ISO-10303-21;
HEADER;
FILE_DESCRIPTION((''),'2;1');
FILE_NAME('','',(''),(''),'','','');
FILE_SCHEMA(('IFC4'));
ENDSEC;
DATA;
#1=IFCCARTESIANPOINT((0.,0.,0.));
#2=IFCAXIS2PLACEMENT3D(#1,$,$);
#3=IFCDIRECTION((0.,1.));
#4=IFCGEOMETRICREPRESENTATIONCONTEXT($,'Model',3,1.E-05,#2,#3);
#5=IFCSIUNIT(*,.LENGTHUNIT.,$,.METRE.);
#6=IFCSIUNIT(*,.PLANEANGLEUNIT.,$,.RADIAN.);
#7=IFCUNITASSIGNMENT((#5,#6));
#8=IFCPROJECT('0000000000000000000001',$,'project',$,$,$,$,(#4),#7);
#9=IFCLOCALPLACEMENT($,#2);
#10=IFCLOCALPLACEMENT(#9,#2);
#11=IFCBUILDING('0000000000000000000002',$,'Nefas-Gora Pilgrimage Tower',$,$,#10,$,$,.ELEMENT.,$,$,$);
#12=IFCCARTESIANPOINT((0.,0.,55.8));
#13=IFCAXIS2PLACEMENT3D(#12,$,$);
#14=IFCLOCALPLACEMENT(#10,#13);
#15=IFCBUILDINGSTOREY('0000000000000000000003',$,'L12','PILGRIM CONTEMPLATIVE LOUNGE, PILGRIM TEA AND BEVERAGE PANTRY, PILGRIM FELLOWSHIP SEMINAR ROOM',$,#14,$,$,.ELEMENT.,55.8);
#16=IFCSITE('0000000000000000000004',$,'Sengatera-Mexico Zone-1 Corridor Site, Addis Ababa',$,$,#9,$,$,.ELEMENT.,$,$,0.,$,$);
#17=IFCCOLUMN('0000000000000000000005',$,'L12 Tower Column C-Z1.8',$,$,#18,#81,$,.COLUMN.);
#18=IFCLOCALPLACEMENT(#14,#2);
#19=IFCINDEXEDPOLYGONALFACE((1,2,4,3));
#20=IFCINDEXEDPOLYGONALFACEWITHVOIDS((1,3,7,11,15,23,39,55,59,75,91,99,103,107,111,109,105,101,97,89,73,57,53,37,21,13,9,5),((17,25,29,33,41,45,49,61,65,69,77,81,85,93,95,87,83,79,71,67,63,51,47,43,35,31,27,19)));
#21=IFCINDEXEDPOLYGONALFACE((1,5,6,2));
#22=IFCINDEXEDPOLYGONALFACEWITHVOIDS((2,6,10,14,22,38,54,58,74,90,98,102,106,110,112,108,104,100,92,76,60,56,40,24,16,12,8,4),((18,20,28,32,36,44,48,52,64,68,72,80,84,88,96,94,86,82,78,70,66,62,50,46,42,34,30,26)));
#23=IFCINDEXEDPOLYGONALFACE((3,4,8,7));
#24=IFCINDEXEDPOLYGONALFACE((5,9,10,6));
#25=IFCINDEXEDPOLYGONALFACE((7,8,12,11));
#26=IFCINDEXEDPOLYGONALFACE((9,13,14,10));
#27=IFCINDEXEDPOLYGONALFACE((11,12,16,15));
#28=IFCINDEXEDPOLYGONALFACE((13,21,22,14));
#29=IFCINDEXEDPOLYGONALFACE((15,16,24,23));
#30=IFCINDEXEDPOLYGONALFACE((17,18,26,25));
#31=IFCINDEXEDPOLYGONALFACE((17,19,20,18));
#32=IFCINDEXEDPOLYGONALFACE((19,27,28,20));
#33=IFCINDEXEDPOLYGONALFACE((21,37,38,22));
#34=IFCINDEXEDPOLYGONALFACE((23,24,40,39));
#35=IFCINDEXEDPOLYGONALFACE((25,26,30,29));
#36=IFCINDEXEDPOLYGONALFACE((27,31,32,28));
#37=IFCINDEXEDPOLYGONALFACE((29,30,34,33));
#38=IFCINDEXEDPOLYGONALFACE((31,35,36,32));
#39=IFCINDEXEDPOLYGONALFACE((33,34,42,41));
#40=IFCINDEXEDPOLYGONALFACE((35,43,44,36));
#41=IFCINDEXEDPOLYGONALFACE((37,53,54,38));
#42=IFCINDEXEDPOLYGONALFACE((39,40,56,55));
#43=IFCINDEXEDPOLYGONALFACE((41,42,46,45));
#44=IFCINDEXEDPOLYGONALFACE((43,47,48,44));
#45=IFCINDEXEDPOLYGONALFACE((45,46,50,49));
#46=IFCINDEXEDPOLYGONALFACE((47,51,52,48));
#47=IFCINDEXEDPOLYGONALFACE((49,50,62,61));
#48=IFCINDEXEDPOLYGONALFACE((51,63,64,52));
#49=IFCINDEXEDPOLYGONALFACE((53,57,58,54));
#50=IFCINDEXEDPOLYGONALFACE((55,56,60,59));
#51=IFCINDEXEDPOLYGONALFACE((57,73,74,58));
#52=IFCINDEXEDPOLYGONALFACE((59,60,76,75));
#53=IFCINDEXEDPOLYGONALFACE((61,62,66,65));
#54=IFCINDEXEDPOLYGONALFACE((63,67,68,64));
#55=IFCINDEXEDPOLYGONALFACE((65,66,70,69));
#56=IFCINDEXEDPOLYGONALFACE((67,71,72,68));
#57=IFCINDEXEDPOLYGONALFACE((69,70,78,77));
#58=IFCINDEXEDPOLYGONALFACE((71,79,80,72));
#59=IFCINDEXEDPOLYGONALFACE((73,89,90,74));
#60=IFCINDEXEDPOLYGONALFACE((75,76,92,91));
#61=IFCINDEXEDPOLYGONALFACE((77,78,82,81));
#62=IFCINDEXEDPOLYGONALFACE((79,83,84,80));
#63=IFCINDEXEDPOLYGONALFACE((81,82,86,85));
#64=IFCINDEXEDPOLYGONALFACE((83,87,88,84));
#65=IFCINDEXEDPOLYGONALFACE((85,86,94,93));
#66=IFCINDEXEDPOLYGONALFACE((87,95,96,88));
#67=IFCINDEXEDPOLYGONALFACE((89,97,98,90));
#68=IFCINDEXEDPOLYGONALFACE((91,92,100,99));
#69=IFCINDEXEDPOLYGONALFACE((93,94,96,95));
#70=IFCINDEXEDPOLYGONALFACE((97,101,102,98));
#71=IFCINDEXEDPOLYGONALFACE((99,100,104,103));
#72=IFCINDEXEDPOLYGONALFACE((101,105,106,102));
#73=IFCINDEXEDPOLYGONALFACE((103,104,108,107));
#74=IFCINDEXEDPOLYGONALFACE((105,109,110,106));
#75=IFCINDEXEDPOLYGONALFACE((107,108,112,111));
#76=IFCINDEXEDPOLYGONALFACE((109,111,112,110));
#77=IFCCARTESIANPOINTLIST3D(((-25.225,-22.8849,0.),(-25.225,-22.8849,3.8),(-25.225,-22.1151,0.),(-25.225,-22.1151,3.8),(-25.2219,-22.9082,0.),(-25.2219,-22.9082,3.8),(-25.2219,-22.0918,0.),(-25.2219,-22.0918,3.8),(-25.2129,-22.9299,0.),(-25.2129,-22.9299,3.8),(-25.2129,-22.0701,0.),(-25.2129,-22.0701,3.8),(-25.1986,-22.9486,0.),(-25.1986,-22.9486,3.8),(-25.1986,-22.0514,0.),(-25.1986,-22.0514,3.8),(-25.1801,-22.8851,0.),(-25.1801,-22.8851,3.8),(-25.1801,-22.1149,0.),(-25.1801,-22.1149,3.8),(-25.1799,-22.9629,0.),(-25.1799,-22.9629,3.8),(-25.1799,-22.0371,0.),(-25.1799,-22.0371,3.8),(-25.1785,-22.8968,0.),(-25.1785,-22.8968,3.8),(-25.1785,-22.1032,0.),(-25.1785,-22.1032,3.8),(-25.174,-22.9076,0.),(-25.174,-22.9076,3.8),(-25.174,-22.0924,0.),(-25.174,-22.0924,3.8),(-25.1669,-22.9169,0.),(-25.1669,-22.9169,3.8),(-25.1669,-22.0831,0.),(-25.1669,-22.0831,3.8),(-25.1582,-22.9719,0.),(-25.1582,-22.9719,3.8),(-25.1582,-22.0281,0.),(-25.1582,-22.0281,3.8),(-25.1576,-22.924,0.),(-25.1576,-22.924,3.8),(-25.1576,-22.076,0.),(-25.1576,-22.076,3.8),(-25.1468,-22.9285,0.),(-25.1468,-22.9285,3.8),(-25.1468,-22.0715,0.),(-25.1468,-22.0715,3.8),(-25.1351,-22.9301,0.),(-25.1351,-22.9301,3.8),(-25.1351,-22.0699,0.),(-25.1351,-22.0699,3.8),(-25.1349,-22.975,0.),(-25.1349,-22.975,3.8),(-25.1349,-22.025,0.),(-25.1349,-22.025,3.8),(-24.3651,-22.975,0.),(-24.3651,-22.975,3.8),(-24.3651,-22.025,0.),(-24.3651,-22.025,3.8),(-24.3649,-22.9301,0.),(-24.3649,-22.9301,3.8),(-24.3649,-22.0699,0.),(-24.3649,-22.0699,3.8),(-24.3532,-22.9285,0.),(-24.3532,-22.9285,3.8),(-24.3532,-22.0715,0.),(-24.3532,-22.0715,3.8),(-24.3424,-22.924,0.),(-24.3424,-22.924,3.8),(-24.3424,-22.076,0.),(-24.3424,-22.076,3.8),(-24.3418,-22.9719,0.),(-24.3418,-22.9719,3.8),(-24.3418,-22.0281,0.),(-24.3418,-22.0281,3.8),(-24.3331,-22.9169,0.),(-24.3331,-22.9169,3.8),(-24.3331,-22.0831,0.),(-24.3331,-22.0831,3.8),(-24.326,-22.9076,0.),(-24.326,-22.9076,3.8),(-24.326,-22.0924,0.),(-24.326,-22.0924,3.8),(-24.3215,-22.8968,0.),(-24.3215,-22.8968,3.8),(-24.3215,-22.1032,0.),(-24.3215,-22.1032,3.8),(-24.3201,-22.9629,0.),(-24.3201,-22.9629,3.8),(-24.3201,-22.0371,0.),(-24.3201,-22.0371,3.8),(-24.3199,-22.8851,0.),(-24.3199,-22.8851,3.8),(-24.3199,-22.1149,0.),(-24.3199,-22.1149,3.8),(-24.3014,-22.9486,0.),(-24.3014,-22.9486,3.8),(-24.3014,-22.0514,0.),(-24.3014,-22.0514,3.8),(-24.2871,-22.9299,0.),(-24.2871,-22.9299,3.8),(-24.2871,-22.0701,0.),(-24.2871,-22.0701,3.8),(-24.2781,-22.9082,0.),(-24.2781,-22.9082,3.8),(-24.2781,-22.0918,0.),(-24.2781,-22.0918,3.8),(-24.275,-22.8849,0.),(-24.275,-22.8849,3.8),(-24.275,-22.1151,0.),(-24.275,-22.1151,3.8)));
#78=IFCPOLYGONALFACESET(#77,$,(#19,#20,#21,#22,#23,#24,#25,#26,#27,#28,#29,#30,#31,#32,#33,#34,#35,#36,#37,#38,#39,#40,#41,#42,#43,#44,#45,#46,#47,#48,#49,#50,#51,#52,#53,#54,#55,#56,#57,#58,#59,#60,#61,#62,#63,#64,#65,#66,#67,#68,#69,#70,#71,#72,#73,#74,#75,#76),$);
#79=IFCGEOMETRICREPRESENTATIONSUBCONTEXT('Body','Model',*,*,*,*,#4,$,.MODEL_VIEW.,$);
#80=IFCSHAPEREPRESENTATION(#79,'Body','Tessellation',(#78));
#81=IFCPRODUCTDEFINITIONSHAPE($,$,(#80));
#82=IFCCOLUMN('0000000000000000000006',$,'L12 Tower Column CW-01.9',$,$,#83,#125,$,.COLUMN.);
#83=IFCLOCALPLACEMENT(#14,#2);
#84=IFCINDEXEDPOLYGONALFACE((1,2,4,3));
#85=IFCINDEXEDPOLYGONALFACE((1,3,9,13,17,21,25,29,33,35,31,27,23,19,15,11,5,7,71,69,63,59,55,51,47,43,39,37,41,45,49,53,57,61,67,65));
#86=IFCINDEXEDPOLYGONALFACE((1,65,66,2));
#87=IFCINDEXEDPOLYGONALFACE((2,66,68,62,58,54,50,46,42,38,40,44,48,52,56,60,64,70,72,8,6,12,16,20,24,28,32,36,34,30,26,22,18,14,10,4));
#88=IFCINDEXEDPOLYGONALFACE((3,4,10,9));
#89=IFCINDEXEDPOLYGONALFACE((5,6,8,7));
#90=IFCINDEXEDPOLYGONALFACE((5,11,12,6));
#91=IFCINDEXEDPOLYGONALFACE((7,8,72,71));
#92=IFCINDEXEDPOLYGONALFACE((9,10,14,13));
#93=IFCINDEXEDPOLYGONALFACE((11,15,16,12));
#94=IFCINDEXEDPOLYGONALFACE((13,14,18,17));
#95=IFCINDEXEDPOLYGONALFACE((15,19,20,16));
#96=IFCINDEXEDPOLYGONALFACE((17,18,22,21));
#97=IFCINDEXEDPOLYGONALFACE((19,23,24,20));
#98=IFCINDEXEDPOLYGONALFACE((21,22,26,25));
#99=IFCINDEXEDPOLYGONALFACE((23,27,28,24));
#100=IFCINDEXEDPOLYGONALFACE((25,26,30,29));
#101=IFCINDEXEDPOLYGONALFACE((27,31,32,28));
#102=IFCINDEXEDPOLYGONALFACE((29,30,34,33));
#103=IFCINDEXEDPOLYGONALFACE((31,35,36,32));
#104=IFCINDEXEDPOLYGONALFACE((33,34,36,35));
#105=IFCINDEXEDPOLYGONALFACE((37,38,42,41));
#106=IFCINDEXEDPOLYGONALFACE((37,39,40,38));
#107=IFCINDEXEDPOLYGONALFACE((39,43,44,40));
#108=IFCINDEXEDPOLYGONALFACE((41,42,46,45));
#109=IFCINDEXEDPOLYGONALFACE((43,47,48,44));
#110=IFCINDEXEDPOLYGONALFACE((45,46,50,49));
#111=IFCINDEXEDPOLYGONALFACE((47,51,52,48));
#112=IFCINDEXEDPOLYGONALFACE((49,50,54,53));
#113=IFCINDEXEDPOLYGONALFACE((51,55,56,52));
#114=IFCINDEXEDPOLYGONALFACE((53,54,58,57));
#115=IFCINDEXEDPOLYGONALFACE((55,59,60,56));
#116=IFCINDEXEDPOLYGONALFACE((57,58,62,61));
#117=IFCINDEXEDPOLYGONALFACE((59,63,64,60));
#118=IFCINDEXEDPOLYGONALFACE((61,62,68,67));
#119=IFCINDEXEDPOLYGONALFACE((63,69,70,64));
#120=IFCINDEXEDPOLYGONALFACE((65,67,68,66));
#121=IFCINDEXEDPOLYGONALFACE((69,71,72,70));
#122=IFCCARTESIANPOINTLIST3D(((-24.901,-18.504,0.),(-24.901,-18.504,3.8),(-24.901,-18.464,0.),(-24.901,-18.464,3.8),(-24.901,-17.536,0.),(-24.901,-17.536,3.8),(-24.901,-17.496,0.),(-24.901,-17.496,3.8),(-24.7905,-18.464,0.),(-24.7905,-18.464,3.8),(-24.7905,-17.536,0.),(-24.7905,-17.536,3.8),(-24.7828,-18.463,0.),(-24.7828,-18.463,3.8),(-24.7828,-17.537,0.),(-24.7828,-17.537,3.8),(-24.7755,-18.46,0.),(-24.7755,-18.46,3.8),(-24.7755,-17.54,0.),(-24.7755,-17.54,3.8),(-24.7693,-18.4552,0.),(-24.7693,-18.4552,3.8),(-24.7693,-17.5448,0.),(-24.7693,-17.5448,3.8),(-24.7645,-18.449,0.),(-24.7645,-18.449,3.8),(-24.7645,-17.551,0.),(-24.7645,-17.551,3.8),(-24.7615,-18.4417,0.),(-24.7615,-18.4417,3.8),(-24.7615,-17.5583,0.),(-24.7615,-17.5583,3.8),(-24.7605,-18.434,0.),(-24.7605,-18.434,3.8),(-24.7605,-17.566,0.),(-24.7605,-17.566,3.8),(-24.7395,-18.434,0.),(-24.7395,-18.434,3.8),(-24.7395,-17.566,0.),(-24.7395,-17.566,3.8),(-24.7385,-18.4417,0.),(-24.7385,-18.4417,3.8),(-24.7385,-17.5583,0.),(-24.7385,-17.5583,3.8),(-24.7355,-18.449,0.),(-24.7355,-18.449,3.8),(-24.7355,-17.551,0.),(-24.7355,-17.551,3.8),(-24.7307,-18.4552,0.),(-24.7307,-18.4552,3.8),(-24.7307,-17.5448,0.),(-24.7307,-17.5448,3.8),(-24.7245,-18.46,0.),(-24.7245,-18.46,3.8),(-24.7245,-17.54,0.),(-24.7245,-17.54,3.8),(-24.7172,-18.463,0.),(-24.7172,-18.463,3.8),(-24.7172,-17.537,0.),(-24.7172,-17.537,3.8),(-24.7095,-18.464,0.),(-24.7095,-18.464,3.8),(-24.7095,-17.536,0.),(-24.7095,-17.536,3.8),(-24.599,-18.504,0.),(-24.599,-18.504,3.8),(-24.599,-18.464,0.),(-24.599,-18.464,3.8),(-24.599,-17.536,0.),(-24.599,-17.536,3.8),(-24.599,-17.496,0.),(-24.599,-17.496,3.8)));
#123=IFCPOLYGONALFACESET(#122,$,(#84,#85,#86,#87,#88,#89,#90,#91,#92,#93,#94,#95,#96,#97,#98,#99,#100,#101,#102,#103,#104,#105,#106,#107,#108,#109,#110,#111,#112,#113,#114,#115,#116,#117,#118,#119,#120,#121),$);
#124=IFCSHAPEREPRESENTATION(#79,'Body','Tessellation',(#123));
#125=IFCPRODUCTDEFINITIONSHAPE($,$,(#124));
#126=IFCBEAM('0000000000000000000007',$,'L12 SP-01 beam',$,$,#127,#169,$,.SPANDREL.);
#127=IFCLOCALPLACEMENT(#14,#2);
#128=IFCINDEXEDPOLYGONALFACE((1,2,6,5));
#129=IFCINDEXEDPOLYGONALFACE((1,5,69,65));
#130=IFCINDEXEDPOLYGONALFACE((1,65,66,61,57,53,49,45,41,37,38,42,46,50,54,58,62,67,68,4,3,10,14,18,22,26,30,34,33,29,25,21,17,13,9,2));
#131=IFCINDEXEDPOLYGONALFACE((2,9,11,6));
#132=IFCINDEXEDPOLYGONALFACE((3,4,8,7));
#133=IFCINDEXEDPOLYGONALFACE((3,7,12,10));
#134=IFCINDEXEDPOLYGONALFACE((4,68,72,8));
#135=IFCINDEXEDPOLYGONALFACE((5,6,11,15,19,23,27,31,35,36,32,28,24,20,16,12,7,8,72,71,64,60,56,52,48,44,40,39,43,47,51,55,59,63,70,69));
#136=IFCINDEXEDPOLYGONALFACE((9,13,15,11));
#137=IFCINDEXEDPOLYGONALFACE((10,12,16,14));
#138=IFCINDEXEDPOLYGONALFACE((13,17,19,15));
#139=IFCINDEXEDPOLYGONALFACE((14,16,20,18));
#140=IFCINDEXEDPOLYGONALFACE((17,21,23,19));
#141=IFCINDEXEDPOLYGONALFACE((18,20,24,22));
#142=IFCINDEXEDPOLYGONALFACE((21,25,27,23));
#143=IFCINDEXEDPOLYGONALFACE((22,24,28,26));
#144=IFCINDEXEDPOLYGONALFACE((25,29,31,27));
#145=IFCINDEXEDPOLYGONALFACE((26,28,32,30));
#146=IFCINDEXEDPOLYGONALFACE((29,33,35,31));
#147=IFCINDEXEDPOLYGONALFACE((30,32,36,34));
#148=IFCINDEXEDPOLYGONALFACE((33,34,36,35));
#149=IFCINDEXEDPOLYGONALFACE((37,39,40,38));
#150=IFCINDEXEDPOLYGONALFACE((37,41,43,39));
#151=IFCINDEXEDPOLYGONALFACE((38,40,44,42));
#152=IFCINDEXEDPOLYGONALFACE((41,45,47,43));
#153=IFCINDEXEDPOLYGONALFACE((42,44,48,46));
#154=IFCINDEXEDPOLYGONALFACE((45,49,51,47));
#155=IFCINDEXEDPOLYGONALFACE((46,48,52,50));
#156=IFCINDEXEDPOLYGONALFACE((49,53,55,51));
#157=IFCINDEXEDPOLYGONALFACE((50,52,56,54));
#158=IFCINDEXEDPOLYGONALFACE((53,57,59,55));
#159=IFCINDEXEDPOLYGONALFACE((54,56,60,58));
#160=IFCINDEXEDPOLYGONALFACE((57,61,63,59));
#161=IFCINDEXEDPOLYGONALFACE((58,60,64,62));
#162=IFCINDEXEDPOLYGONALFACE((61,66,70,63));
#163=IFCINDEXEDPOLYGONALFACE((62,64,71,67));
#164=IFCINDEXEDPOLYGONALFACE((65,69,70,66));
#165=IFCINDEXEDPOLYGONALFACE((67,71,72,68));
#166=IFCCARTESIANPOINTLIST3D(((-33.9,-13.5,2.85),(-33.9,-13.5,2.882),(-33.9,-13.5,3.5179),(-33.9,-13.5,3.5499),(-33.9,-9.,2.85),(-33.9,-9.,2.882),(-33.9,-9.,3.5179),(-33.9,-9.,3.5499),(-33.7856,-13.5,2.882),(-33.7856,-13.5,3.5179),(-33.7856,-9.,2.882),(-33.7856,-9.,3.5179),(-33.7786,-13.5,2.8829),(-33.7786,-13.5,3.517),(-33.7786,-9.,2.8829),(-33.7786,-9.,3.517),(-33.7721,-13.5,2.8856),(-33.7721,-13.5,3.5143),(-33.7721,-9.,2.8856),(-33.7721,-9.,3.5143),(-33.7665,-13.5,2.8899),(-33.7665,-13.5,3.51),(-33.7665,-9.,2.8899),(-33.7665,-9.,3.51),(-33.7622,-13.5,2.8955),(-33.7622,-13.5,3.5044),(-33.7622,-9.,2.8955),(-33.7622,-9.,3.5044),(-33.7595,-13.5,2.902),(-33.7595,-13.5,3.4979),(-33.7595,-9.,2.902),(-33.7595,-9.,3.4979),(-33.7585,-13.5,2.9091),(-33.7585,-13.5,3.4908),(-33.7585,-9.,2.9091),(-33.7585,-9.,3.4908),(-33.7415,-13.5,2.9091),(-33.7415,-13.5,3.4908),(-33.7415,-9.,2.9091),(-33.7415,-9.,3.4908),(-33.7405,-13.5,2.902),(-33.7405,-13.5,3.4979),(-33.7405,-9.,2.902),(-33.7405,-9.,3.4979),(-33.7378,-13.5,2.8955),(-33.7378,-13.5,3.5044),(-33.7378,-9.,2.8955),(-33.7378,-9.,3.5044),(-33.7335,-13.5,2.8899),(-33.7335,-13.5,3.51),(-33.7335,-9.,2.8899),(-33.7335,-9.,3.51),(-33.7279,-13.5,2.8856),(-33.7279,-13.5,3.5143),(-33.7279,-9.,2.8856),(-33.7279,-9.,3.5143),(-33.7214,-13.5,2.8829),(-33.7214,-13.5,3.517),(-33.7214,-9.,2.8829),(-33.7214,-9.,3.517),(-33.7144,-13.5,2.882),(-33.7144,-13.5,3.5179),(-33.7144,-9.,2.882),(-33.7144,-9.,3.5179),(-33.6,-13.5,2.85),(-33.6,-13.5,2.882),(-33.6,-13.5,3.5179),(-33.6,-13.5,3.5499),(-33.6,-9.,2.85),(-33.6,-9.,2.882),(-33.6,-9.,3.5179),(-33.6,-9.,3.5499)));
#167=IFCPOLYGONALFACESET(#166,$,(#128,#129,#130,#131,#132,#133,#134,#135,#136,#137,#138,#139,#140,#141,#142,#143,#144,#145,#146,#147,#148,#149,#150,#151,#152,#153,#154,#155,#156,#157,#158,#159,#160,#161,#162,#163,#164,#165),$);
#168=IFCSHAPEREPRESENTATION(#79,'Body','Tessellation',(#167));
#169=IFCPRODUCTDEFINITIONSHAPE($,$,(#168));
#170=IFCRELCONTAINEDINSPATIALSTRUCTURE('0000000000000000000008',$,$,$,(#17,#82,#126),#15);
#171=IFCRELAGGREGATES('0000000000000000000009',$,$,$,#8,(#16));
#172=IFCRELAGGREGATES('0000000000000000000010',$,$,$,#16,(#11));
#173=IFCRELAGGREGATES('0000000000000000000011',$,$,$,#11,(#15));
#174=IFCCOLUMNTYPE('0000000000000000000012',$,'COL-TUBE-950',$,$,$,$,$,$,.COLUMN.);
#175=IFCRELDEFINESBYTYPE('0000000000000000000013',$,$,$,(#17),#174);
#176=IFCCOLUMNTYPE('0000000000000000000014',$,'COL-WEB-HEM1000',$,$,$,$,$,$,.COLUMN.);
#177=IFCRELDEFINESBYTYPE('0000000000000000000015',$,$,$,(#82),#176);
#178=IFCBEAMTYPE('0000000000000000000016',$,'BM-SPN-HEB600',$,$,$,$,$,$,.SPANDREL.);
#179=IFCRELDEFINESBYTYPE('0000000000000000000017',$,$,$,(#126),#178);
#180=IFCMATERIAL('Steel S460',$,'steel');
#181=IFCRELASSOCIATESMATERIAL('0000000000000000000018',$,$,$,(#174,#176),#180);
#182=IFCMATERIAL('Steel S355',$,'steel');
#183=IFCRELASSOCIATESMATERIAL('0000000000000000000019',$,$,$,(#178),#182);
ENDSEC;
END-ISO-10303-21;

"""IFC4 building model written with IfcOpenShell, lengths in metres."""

from ifc_helpers import new_model, si_unit, direction, frame, origin, origin_2d, place, context, subcontext, project, spatial, hollow_rectangle, i_section, extrude, source, transform, mapped, material, material_profile, profile_set, type_object, element, save


model = new_model("IFC4")

# Units and contexts
model_context = context("Model", 3, precision=1e-05, world=origin(), true_north=direction((0.0, 1.0)))
body_context = subcontext(model_context, "Body", "Model", "MODEL_VIEW")
ifc_project = project(units=[si_unit("LENGTHUNIT", "METRE"), si_unit("PLANEANGLEUNIT", "RADIAN")], contexts=[model_context])

# Site, building, storey
site_placement = place(None, origin())
site = spatial("IfcSite", under=ifc_project, at=site_placement, Name="Sengatera-Mexico Zone-1 Corridor Site, Addis Ababa", CompositionType="ELEMENT", RefElevation=0.0)
building_placement = place(site_placement, origin())
building = spatial("IfcBuilding", under=site, at=building_placement, Name="Nefas-Gora Pilgrimage Tower", CompositionType="ELEMENT")
storey_placement = place(building_placement, frame((0.0, 0.0, 55.8)))
storey = spatial("IfcBuildingStorey", under=building, at=storey_placement, Name="L12", Description="PILGRIM CONTEMPLATIVE LOUNGE, PILGRIM TEA AND BEVERAGE PANTRY, PILGRIM FELLOWSHIP SEMINAR ROOM", CompositionType="ELEMENT", Elevation=55.8)

# Columns
ifc_material_1 = material(Name="Steel S460", Category="steel")
ifc_material_profile_1 = material_profile(ifc_material_1, hollow_rectangle(XDim=0.95, YDim=0.95, WallThickness=0.0449, InnerFilletRadius=0.0449, OuterFilletRadius=0.0901, at=origin_2d()), Name="BOX 950x950x45")
ifc_profile_set_1 = profile_set([ifc_material_profile_1], Name="Steel S460")
column_type_1 = type_object("IfcColumnType", Name="COL-TUBE-950", PredefinedType="COLUMN", material=ifc_profile_set_1)
shared_shape_1 = source(origin(), body_context, "Body", "SweptSolid", [
    extrude(hollow_rectangle(XDim=0.95, YDim=0.95, WallThickness=0.0449, InnerFilletRadius=0.0449, OuterFilletRadius=0.0901, at=origin_2d()), origin(), (0.0, 0.0, 1.0), 3.8),
])
for number, where, z_axis, x_axis, name in (
    (1, (-24.75, -22.5, 0.0), (0.0, 0.0, 1.0), (1.0, 0.0, 0.0), "L12 Tower Column C-Z1.8"),
):
    element("IfcColumn", number, at=place(storey_placement, frame(where, z_axis=z_axis, x_axis=x_axis)), inside=storey, type_object=column_type_1, Name=name, PredefinedType="COLUMN", context=body_context, shape_type="MappedRepresentation", body=[
        mapped(shared_shape_1, transform((0.0, 0.0, 0.0), x_axis=(1.0, 0.0, 0.0), y_axis=(0.0, 1.0, 0.0), z_axis=(0.0, 0.0, 1.0), scale=1.0)),
    ])
ifc_material_profile_2 = material_profile(ifc_material_1, i_section(OverallWidth=0.302, OverallDepth=1.0081, WebThickness=0.021, FlangeThickness=0.04, FilletRadius=0.03, at=origin_2d()), Name="HEM 1000")
ifc_profile_set_2 = profile_set([ifc_material_profile_2], Name="Steel S460")
column_type_2 = type_object("IfcColumnType", Name="COL-WEB-HEM1000", PredefinedType="COLUMN", material=ifc_profile_set_2)
shared_shape_2 = source(origin(), body_context, "Body", "SweptSolid", [
    extrude(i_section(OverallWidth=0.302, OverallDepth=1.0081, WebThickness=0.021, FlangeThickness=0.04, FilletRadius=0.03, at=origin_2d()), origin(), (0.0, 0.0, 1.0), 3.8),
])
column_placement = place(storey_placement, frame((-24.75, -18.0, 0.0), z_axis=(0.0, 0.0, 1.0), x_axis=(1.0, 0.0, 0.0)))
element("IfcColumn", 2, at=column_placement, inside=storey, type_object=column_type_2, Name="L12 Tower Column CW-01.9", PredefinedType="COLUMN", context=body_context, shape_type="MappedRepresentation", body=[
    mapped(shared_shape_2, transform((0.0, 0.0, 0.0), x_axis=(1.0, 0.0, 0.0), y_axis=(0.0, 1.0, 0.0), z_axis=(0.0, 0.0, 1.0), scale=1.0)),
])

# Beam
ifc_material_2 = material(Name="Steel S355", Category="steel")
ifc_material_profile_3 = material_profile(ifc_material_2, i_section(OverallWidth=0.3, OverallDepth=0.7, WebThickness=0.0171, FlangeThickness=0.032, FilletRadius=0.0271, at=origin_2d()), Name="HEB 700")
ifc_profile_set_3 = profile_set([ifc_material_profile_3], Name="Steel S355")
beam_type_1 = type_object("IfcBeamType", Name="BM-SPN-HEB600", PredefinedType="SPANDREL", material=ifc_profile_set_3)
shared_shape_3 = source(origin(), body_context, "Body", "SweptSolid", [
    extrude(i_section(OverallWidth=0.3, OverallDepth=0.7, WebThickness=0.0171, FlangeThickness=0.032, FilletRadius=0.0271, at=origin_2d()), origin(), (0.0, 0.0, 1.0), 4.5),
])
for number, where, z_axis, x_axis, name in (
    (3, (-33.75, -13.5, 3.2), (0.0, 1.0, 0.0), (-1.0, 0.0, 0.0), "L12 SP-01 beam"),
):
    element("IfcBeam", number, at=place(storey_placement, frame(where, z_axis=z_axis, x_axis=x_axis)), inside=storey, type_object=beam_type_1, Name=name, PredefinedType="SPANDREL", context=body_context, shape_type="MappedRepresentation", body=[
        mapped(shared_shape_3, transform((0.0, 0.0, 0.0), x_axis=(1.0, 0.0, 0.0), y_axis=(0.0, 1.0, 0.0), z_axis=(0.0, 0.0, 1.0), scale=1.0)),
    ])

save(model, "model.ifc")
